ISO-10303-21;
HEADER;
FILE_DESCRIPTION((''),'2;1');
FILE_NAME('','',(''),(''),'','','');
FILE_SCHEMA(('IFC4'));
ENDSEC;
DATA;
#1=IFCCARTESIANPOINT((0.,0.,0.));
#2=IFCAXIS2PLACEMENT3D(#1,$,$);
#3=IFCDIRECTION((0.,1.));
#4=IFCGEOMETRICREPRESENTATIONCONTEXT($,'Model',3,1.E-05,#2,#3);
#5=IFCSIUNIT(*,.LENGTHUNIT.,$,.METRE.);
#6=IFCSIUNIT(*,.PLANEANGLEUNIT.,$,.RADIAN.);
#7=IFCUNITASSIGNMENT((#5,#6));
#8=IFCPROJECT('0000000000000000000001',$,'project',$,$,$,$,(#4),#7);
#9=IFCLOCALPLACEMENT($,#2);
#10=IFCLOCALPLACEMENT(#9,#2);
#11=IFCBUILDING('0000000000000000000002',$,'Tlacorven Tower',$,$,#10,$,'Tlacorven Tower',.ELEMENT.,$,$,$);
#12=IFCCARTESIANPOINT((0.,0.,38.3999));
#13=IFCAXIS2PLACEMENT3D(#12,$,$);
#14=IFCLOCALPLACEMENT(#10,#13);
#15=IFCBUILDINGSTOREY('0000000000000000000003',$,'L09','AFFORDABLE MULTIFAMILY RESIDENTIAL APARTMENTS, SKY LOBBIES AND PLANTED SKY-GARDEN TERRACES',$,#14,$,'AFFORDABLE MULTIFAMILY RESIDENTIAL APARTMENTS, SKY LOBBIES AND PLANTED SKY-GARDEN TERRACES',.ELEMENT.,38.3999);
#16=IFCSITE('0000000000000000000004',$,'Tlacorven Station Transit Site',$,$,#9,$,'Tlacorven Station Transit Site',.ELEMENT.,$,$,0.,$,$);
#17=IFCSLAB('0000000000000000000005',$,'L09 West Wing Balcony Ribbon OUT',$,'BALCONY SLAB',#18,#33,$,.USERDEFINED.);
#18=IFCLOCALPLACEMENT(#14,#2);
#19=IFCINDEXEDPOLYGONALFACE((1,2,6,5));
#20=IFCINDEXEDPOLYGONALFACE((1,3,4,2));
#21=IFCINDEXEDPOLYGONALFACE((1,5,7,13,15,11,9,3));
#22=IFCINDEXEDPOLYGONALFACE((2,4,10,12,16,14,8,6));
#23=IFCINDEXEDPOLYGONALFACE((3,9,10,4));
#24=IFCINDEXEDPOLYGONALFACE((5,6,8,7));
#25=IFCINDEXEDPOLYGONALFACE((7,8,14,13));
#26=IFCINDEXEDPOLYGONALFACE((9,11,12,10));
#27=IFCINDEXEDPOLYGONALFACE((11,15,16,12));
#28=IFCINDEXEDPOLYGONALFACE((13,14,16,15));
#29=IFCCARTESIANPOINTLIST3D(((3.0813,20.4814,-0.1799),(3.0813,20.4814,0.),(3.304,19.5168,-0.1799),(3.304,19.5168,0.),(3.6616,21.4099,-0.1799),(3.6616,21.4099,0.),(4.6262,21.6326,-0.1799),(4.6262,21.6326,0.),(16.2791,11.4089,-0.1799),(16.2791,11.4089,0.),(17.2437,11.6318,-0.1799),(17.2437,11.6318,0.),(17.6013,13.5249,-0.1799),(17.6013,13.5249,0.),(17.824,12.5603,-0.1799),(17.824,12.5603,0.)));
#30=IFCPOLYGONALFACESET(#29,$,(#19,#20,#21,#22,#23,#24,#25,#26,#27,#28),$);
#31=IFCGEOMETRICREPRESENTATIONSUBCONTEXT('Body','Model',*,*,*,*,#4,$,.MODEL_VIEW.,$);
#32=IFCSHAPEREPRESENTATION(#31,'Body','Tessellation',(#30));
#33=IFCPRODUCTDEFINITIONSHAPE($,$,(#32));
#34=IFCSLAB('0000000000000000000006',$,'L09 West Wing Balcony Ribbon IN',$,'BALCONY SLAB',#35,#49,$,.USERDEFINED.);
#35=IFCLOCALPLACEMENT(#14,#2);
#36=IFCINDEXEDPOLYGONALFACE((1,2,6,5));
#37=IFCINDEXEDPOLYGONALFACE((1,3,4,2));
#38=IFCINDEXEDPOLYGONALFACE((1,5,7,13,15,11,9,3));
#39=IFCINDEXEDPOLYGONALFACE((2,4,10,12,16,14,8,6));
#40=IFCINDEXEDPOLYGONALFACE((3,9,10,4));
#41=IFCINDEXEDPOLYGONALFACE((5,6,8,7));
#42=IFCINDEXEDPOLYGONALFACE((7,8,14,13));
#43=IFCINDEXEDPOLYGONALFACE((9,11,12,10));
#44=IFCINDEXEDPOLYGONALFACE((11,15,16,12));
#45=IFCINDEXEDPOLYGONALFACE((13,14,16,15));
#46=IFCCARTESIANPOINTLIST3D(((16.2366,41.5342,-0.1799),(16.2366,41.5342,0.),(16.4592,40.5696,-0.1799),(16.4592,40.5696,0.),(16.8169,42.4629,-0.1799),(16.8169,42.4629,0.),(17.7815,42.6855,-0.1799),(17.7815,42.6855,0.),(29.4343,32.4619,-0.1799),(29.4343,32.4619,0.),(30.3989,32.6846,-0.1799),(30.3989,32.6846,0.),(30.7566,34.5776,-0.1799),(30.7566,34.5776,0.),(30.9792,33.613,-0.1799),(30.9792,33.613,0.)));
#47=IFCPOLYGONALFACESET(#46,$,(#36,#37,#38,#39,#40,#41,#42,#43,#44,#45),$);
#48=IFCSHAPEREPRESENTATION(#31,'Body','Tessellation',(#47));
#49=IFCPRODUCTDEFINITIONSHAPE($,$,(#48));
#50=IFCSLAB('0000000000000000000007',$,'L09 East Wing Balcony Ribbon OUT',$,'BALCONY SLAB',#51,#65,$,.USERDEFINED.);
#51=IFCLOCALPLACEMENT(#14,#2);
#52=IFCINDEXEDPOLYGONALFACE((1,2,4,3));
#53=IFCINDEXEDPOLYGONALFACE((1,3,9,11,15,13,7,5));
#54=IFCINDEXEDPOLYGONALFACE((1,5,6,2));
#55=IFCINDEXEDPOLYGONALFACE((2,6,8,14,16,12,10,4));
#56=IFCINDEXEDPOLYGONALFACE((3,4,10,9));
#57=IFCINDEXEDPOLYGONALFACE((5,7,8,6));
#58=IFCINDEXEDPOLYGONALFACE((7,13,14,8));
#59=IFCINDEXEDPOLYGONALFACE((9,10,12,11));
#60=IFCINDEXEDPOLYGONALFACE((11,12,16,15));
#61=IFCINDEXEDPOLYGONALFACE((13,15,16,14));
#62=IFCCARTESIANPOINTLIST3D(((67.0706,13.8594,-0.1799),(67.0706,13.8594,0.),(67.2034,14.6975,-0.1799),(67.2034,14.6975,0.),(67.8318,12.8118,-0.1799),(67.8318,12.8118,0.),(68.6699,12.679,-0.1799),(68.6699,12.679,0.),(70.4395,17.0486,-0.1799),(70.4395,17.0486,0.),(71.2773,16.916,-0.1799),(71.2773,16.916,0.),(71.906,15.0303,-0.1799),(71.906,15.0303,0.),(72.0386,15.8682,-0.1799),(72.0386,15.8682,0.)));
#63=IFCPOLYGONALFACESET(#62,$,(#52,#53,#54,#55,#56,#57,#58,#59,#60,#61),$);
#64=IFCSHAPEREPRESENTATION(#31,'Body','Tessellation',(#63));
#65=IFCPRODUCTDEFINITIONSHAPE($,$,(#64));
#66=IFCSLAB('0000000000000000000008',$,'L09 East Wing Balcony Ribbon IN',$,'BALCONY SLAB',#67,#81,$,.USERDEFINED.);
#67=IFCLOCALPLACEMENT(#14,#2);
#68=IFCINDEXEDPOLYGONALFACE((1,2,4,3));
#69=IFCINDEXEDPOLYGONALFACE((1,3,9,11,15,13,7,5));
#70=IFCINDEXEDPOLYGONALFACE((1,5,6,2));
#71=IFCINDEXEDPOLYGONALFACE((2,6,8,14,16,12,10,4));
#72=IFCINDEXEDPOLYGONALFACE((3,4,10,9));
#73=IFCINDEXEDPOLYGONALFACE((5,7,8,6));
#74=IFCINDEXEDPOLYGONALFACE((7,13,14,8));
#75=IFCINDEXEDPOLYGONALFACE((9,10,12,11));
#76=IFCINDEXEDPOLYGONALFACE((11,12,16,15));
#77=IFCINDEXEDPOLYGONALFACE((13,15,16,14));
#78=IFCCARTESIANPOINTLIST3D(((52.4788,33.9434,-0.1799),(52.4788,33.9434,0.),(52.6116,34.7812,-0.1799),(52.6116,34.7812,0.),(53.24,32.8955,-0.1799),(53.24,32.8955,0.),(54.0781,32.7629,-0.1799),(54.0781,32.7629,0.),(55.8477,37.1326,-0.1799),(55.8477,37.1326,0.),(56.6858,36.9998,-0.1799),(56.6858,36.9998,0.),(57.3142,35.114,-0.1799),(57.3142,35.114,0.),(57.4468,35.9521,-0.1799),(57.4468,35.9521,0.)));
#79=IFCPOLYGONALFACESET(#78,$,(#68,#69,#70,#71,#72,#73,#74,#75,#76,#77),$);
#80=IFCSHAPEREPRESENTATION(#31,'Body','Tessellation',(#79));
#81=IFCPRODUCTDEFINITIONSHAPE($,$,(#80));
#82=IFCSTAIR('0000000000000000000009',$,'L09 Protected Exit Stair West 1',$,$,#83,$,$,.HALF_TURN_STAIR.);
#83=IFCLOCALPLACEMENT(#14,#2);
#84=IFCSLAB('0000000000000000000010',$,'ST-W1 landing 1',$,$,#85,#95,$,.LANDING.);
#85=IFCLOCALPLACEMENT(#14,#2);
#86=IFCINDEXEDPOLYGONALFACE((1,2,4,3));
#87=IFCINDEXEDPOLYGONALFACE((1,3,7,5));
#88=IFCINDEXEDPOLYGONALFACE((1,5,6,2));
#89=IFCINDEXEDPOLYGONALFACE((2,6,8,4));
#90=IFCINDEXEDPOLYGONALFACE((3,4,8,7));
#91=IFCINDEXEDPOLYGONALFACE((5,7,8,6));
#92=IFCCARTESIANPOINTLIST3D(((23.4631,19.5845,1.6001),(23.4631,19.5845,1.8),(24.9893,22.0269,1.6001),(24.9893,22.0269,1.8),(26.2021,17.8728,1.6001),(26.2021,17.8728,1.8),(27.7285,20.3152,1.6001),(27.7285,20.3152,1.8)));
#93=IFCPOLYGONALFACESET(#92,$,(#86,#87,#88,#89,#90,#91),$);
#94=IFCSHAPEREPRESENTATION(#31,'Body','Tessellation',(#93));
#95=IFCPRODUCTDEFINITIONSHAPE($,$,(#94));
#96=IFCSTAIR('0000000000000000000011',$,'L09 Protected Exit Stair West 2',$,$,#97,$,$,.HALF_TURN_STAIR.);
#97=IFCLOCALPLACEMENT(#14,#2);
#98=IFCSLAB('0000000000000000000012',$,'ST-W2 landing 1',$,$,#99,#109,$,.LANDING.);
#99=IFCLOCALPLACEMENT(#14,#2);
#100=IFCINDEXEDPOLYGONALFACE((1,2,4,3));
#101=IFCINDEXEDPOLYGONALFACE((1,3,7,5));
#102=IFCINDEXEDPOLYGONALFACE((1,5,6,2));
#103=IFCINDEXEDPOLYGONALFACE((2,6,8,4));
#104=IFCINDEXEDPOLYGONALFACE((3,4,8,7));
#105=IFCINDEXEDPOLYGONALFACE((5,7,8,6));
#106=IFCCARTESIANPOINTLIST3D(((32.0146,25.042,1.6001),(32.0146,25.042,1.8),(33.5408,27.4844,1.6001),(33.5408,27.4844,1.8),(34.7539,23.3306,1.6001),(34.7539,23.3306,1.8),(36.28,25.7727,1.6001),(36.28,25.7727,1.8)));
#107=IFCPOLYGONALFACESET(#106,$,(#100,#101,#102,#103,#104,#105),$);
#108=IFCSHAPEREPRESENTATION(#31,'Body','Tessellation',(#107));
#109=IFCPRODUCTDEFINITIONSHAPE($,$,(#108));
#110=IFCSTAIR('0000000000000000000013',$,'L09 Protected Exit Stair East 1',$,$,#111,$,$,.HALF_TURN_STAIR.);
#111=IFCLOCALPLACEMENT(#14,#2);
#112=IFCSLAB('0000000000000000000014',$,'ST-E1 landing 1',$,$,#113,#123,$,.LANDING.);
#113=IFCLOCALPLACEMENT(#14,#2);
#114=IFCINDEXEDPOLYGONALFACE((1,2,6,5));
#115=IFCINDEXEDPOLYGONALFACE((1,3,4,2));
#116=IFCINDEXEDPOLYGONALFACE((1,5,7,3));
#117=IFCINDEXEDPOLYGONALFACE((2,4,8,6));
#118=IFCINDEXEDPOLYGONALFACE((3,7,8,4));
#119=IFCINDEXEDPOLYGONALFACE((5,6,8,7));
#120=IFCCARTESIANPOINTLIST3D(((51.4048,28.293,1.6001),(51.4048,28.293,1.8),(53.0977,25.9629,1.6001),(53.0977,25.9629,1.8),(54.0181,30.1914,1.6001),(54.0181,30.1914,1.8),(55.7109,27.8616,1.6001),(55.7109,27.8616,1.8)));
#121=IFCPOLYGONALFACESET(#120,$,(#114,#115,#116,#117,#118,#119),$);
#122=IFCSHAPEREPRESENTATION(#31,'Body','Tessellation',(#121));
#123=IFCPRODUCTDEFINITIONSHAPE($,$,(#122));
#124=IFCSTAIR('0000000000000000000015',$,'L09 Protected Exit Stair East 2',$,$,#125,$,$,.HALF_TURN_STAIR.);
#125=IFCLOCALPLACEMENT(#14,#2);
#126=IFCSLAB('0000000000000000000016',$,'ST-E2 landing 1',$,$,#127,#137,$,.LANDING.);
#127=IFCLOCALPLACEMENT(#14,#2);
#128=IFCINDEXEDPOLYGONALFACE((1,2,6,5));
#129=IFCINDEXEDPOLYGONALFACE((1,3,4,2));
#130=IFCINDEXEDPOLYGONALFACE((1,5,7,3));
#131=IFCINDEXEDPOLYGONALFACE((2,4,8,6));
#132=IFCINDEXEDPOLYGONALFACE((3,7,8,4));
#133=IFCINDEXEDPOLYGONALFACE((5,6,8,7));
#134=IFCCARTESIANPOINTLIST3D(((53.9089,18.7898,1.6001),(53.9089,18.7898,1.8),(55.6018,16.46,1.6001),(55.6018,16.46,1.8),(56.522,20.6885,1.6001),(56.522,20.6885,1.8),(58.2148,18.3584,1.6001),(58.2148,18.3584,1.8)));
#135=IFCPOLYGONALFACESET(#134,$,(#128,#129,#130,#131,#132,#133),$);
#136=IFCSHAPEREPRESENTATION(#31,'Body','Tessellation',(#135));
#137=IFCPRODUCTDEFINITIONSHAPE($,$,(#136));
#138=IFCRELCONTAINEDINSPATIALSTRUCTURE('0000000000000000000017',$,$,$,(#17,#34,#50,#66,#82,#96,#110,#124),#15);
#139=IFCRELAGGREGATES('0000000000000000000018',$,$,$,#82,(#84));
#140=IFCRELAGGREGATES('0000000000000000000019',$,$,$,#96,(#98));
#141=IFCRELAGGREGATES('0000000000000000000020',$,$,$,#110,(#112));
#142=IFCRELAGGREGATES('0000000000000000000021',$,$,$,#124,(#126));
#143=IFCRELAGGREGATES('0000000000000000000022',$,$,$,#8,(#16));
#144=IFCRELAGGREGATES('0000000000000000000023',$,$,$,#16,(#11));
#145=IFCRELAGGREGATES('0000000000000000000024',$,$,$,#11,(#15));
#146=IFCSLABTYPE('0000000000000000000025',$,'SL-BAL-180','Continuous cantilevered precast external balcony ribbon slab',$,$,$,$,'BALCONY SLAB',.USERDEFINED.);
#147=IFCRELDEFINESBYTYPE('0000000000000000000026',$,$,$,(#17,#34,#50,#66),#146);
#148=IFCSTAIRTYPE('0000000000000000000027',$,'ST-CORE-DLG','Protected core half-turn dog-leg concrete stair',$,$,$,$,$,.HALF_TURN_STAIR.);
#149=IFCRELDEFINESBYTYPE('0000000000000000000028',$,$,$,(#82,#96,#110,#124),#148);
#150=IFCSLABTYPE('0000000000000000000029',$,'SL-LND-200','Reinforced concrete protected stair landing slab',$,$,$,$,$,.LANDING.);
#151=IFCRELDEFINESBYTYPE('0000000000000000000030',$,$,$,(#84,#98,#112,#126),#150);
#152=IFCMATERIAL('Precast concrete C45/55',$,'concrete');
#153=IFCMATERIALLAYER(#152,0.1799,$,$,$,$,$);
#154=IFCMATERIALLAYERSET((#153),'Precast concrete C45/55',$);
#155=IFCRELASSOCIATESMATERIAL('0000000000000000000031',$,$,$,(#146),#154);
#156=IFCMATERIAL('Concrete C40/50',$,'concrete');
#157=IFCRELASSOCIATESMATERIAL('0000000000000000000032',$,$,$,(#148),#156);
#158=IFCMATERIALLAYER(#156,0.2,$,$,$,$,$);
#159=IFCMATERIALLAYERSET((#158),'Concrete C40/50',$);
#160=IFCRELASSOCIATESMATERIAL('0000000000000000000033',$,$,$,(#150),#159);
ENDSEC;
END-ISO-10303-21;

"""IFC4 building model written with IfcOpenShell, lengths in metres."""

from ifc_helpers import new_model, si_unit, direction, frame, origin, place, context, subcontext, project, spatial, polyline, outline, extrude, material, layer, layer_set, type_object, element, aggregate, save


model = new_model("IFC4")

# Units and contexts
model_context = context("Model", 3, precision=1e-05, world=origin(), true_north=direction((0.0, 1.0)))
body_context = subcontext(model_context, "Body", "Model", "MODEL_VIEW")
ifc_project = project(units=[si_unit("LENGTHUNIT", "METRE"), si_unit("PLANEANGLEUNIT", "RADIAN")], contexts=[model_context])

# Site, building, storey
site_placement = place(None, origin())
site = spatial("IfcSite", under=ifc_project, at=site_placement, Name="Tlacorven Station Transit Site", LongName="Tlacorven Station Transit Site", CompositionType="ELEMENT", RefElevation=0.0)
building_placement = place(site_placement, origin())
building = spatial("IfcBuilding", under=site, at=building_placement, Name="Tlacorven Tower", LongName="Tlacorven Tower", CompositionType="ELEMENT")
storey_placement = place(building_placement, frame((0.0, 0.0, 38.3999)))
storey = spatial("IfcBuildingStorey", under=building, at=storey_placement, Name="L09", Description="AFFORDABLE MULTIFAMILY RESIDENTIAL APARTMENTS, SKY LOBBIES AND PLANTED SKY-GARDEN TERRACES", LongName="AFFORDABLE MULTIFAMILY RESIDENTIAL APARTMENTS, SKY LOBBIES AND PLANTED SKY-GARDEN TERRACES", CompositionType="ELEMENT", Elevation=38.3999)

# Slabs
ifc_material_1 = material(Name="Precast concrete C45/55", Category="concrete")
ifc_layer_1 = layer(ifc_material_1, 0.1799)
ifc_layer_set_1 = layer_set([ifc_layer_1], Name="Precast concrete C45/55")
slab_type_1 = type_object("IfcSlabType", Name="SL-BAL-180", Description="Continuous cantilevered precast external balcony ribbon slab", ElementType="BALCONY SLAB", PredefinedType="USERDEFINED", material=ifc_layer_set_1)
slab_1_placement = place(storey_placement, frame((0.0, 0.0, -0.1799)))
element("IfcSlab", 1, at=slab_1_placement, inside=storey, type_object=slab_type_1, Name="L09 West Wing Balcony Ribbon OUT", ObjectType="BALCONY SLAB", PredefinedType="USERDEFINED", context=body_context, shape_type="SweptSolid", body=[
    extrude(outline(polyline([(17.6013, 13.5249), (4.6262, 21.6326), (3.6616, 21.4099), (3.0813, 20.4814), (3.304, 19.5168), (16.2791, 11.4089), (17.2437, 11.6318), (17.824, 12.5603), (17.6013, 13.5249)])), origin(), (0.0, 0.0, 1.0), 0.1799),
])
slab_2_placement = place(storey_placement, frame((0.0, 0.0, -0.1799)))
element("IfcSlab", 2, at=slab_2_placement, inside=storey, type_object=slab_type_1, Name="L09 West Wing Balcony Ribbon IN", ObjectType="BALCONY SLAB", PredefinedType="USERDEFINED", context=body_context, shape_type="SweptSolid", body=[
    extrude(outline(polyline([(30.7566, 34.5776), (17.7815, 42.6855), (16.8169, 42.4629), (16.2366, 41.5342), (16.4592, 40.5696), (29.4343, 32.4619), (30.3989, 32.6846), (30.9792, 33.613), (30.7566, 34.5776)])), origin(), (0.0, 0.0, 1.0), 0.1799),
])
slab_3_placement = place(storey_placement, frame((0.0, 0.0, -0.1799)))
element("IfcSlab", 3, at=slab_3_placement, inside=storey, type_object=slab_type_1, Name="L09 East Wing Balcony Ribbon OUT", ObjectType="BALCONY SLAB", PredefinedType="USERDEFINED", context=body_context, shape_type="SweptSolid", body=[
    extrude(outline(polyline([(68.6699, 12.679), (71.906, 15.0303), (72.0386, 15.8682), (71.2773, 16.916), (70.4395, 17.0486), (67.2034, 14.6975), (67.0706, 13.8594), (67.8318, 12.8118), (68.6699, 12.679)])), origin(), (0.0, 0.0, 1.0), 0.1799),
])
slab_4_placement = place(storey_placement, frame((0.0, 0.0, -0.1799)))
element("IfcSlab", 4, at=slab_4_placement, inside=storey, type_object=slab_type_1, Name="L09 East Wing Balcony Ribbon IN", ObjectType="BALCONY SLAB", PredefinedType="USERDEFINED", context=body_context, shape_type="SweptSolid", body=[
    extrude(outline(polyline([(54.0781, 32.7629), (57.3142, 35.114), (57.4468, 35.9521), (56.6858, 36.9998), (55.8477, 37.1326), (52.6116, 34.7812), (52.4788, 33.9434), (53.24, 32.8955), (54.0781, 32.7629)])), origin(), (0.0, 0.0, 1.0), 0.1799),
])

# Stairs, slabs
ifc_material_2 = material(Name="Concrete C40/50", Category="concrete")
stair_type = type_object("IfcStairType", Name="ST-CORE-DLG", Description="Protected core half-turn dog-leg concrete stair", PredefinedType="HALF_TURN_STAIR", material=ifc_material_2)
stair_1_placement = place(storey_placement, origin())
stair_1 = element("IfcStair", 5, at=stair_1_placement, inside=storey, type_object=stair_type, Name="L09 Protected Exit Stair West 1", PredefinedType="HALF_TURN_STAIR")
ifc_layer_2 = layer(ifc_material_2, 0.2)
ifc_layer_set_2 = layer_set([ifc_layer_2], Name="Concrete C40/50")
slab_type_2 = type_object("IfcSlabType", Name="SL-LND-200", Description="Reinforced concrete protected stair landing slab", PredefinedType="LANDING", material=ifc_layer_set_2)
slab_5_placement = place(storey_placement, frame((0.0, 0.0, 1.6001)))
slab_5 = element("IfcSlab", 6, at=slab_5_placement, type_object=slab_type_2, Name="ST-W1 landing 1", PredefinedType="LANDING", context=body_context, shape_type="SweptSolid", body=[
    extrude(outline(polyline([(27.7285, 20.3152), (24.9893, 22.0269), (23.4631, 19.5845), (26.2021, 17.8728), (27.7285, 20.3152)])), origin(), (0.0, 0.0, 1.0), 0.2),
])
aggregate(stair_1, [slab_5])
stair_2_placement = place(storey_placement, origin())
stair_2 = element("IfcStair", 7, at=stair_2_placement, inside=storey, type_object=stair_type, Name="L09 Protected Exit Stair West 2", PredefinedType="HALF_TURN_STAIR")
slab_6_placement = place(storey_placement, frame((0.0, 0.0, 1.6001)))
slab_6 = element("IfcSlab", 8, at=slab_6_placement, type_object=slab_type_2, Name="ST-W2 landing 1", PredefinedType="LANDING", context=body_context, shape_type="SweptSolid", body=[
    extrude(outline(polyline([(36.28, 25.7727), (33.5408, 27.4844), (32.0146, 25.042), (34.7539, 23.3306), (36.28, 25.7727)])), origin(), (0.0, 0.0, 1.0), 0.2),
])
aggregate(stair_2, [slab_6])
stair_3_placement = place(storey_placement, origin())
stair_3 = element("IfcStair", 9, at=stair_3_placement, inside=storey, type_object=stair_type, Name="L09 Protected Exit Stair East 1", PredefinedType="HALF_TURN_STAIR")
slab_7_placement = place(storey_placement, frame((0.0, 0.0, 1.6001)))
slab_7 = element("IfcSlab", 10, at=slab_7_placement, type_object=slab_type_2, Name="ST-E1 landing 1", PredefinedType="LANDING", context=body_context, shape_type="SweptSolid", body=[
    extrude(outline(polyline([(53.0977, 25.9629), (55.7109, 27.8616), (54.0181, 30.1914), (51.4048, 28.293), (53.0977, 25.9629)])), origin(), (0.0, 0.0, 1.0), 0.2),
])
aggregate(stair_3, [slab_7])
stair_4_placement = place(storey_placement, origin())
stair_4 = element("IfcStair", 11, at=stair_4_placement, inside=storey, type_object=stair_type, Name="L09 Protected Exit Stair East 2", PredefinedType="HALF_TURN_STAIR")
slab_8_placement = place(storey_placement, frame((0.0, 0.0, 1.6001)))
slab_8 = element("IfcSlab", 12, at=slab_8_placement, type_object=slab_type_2, Name="ST-E2 landing 1", PredefinedType="LANDING", context=body_context, shape_type="SweptSolid", body=[
    extrude(outline(polyline([(55.6018, 16.46), (58.2148, 18.3584), (56.522, 20.6885), (53.9089, 18.7898), (55.6018, 16.46)])), origin(), (0.0, 0.0, 1.0), 0.2),
])
aggregate(stair_4, [slab_8])

save(model, "model.ifc")
